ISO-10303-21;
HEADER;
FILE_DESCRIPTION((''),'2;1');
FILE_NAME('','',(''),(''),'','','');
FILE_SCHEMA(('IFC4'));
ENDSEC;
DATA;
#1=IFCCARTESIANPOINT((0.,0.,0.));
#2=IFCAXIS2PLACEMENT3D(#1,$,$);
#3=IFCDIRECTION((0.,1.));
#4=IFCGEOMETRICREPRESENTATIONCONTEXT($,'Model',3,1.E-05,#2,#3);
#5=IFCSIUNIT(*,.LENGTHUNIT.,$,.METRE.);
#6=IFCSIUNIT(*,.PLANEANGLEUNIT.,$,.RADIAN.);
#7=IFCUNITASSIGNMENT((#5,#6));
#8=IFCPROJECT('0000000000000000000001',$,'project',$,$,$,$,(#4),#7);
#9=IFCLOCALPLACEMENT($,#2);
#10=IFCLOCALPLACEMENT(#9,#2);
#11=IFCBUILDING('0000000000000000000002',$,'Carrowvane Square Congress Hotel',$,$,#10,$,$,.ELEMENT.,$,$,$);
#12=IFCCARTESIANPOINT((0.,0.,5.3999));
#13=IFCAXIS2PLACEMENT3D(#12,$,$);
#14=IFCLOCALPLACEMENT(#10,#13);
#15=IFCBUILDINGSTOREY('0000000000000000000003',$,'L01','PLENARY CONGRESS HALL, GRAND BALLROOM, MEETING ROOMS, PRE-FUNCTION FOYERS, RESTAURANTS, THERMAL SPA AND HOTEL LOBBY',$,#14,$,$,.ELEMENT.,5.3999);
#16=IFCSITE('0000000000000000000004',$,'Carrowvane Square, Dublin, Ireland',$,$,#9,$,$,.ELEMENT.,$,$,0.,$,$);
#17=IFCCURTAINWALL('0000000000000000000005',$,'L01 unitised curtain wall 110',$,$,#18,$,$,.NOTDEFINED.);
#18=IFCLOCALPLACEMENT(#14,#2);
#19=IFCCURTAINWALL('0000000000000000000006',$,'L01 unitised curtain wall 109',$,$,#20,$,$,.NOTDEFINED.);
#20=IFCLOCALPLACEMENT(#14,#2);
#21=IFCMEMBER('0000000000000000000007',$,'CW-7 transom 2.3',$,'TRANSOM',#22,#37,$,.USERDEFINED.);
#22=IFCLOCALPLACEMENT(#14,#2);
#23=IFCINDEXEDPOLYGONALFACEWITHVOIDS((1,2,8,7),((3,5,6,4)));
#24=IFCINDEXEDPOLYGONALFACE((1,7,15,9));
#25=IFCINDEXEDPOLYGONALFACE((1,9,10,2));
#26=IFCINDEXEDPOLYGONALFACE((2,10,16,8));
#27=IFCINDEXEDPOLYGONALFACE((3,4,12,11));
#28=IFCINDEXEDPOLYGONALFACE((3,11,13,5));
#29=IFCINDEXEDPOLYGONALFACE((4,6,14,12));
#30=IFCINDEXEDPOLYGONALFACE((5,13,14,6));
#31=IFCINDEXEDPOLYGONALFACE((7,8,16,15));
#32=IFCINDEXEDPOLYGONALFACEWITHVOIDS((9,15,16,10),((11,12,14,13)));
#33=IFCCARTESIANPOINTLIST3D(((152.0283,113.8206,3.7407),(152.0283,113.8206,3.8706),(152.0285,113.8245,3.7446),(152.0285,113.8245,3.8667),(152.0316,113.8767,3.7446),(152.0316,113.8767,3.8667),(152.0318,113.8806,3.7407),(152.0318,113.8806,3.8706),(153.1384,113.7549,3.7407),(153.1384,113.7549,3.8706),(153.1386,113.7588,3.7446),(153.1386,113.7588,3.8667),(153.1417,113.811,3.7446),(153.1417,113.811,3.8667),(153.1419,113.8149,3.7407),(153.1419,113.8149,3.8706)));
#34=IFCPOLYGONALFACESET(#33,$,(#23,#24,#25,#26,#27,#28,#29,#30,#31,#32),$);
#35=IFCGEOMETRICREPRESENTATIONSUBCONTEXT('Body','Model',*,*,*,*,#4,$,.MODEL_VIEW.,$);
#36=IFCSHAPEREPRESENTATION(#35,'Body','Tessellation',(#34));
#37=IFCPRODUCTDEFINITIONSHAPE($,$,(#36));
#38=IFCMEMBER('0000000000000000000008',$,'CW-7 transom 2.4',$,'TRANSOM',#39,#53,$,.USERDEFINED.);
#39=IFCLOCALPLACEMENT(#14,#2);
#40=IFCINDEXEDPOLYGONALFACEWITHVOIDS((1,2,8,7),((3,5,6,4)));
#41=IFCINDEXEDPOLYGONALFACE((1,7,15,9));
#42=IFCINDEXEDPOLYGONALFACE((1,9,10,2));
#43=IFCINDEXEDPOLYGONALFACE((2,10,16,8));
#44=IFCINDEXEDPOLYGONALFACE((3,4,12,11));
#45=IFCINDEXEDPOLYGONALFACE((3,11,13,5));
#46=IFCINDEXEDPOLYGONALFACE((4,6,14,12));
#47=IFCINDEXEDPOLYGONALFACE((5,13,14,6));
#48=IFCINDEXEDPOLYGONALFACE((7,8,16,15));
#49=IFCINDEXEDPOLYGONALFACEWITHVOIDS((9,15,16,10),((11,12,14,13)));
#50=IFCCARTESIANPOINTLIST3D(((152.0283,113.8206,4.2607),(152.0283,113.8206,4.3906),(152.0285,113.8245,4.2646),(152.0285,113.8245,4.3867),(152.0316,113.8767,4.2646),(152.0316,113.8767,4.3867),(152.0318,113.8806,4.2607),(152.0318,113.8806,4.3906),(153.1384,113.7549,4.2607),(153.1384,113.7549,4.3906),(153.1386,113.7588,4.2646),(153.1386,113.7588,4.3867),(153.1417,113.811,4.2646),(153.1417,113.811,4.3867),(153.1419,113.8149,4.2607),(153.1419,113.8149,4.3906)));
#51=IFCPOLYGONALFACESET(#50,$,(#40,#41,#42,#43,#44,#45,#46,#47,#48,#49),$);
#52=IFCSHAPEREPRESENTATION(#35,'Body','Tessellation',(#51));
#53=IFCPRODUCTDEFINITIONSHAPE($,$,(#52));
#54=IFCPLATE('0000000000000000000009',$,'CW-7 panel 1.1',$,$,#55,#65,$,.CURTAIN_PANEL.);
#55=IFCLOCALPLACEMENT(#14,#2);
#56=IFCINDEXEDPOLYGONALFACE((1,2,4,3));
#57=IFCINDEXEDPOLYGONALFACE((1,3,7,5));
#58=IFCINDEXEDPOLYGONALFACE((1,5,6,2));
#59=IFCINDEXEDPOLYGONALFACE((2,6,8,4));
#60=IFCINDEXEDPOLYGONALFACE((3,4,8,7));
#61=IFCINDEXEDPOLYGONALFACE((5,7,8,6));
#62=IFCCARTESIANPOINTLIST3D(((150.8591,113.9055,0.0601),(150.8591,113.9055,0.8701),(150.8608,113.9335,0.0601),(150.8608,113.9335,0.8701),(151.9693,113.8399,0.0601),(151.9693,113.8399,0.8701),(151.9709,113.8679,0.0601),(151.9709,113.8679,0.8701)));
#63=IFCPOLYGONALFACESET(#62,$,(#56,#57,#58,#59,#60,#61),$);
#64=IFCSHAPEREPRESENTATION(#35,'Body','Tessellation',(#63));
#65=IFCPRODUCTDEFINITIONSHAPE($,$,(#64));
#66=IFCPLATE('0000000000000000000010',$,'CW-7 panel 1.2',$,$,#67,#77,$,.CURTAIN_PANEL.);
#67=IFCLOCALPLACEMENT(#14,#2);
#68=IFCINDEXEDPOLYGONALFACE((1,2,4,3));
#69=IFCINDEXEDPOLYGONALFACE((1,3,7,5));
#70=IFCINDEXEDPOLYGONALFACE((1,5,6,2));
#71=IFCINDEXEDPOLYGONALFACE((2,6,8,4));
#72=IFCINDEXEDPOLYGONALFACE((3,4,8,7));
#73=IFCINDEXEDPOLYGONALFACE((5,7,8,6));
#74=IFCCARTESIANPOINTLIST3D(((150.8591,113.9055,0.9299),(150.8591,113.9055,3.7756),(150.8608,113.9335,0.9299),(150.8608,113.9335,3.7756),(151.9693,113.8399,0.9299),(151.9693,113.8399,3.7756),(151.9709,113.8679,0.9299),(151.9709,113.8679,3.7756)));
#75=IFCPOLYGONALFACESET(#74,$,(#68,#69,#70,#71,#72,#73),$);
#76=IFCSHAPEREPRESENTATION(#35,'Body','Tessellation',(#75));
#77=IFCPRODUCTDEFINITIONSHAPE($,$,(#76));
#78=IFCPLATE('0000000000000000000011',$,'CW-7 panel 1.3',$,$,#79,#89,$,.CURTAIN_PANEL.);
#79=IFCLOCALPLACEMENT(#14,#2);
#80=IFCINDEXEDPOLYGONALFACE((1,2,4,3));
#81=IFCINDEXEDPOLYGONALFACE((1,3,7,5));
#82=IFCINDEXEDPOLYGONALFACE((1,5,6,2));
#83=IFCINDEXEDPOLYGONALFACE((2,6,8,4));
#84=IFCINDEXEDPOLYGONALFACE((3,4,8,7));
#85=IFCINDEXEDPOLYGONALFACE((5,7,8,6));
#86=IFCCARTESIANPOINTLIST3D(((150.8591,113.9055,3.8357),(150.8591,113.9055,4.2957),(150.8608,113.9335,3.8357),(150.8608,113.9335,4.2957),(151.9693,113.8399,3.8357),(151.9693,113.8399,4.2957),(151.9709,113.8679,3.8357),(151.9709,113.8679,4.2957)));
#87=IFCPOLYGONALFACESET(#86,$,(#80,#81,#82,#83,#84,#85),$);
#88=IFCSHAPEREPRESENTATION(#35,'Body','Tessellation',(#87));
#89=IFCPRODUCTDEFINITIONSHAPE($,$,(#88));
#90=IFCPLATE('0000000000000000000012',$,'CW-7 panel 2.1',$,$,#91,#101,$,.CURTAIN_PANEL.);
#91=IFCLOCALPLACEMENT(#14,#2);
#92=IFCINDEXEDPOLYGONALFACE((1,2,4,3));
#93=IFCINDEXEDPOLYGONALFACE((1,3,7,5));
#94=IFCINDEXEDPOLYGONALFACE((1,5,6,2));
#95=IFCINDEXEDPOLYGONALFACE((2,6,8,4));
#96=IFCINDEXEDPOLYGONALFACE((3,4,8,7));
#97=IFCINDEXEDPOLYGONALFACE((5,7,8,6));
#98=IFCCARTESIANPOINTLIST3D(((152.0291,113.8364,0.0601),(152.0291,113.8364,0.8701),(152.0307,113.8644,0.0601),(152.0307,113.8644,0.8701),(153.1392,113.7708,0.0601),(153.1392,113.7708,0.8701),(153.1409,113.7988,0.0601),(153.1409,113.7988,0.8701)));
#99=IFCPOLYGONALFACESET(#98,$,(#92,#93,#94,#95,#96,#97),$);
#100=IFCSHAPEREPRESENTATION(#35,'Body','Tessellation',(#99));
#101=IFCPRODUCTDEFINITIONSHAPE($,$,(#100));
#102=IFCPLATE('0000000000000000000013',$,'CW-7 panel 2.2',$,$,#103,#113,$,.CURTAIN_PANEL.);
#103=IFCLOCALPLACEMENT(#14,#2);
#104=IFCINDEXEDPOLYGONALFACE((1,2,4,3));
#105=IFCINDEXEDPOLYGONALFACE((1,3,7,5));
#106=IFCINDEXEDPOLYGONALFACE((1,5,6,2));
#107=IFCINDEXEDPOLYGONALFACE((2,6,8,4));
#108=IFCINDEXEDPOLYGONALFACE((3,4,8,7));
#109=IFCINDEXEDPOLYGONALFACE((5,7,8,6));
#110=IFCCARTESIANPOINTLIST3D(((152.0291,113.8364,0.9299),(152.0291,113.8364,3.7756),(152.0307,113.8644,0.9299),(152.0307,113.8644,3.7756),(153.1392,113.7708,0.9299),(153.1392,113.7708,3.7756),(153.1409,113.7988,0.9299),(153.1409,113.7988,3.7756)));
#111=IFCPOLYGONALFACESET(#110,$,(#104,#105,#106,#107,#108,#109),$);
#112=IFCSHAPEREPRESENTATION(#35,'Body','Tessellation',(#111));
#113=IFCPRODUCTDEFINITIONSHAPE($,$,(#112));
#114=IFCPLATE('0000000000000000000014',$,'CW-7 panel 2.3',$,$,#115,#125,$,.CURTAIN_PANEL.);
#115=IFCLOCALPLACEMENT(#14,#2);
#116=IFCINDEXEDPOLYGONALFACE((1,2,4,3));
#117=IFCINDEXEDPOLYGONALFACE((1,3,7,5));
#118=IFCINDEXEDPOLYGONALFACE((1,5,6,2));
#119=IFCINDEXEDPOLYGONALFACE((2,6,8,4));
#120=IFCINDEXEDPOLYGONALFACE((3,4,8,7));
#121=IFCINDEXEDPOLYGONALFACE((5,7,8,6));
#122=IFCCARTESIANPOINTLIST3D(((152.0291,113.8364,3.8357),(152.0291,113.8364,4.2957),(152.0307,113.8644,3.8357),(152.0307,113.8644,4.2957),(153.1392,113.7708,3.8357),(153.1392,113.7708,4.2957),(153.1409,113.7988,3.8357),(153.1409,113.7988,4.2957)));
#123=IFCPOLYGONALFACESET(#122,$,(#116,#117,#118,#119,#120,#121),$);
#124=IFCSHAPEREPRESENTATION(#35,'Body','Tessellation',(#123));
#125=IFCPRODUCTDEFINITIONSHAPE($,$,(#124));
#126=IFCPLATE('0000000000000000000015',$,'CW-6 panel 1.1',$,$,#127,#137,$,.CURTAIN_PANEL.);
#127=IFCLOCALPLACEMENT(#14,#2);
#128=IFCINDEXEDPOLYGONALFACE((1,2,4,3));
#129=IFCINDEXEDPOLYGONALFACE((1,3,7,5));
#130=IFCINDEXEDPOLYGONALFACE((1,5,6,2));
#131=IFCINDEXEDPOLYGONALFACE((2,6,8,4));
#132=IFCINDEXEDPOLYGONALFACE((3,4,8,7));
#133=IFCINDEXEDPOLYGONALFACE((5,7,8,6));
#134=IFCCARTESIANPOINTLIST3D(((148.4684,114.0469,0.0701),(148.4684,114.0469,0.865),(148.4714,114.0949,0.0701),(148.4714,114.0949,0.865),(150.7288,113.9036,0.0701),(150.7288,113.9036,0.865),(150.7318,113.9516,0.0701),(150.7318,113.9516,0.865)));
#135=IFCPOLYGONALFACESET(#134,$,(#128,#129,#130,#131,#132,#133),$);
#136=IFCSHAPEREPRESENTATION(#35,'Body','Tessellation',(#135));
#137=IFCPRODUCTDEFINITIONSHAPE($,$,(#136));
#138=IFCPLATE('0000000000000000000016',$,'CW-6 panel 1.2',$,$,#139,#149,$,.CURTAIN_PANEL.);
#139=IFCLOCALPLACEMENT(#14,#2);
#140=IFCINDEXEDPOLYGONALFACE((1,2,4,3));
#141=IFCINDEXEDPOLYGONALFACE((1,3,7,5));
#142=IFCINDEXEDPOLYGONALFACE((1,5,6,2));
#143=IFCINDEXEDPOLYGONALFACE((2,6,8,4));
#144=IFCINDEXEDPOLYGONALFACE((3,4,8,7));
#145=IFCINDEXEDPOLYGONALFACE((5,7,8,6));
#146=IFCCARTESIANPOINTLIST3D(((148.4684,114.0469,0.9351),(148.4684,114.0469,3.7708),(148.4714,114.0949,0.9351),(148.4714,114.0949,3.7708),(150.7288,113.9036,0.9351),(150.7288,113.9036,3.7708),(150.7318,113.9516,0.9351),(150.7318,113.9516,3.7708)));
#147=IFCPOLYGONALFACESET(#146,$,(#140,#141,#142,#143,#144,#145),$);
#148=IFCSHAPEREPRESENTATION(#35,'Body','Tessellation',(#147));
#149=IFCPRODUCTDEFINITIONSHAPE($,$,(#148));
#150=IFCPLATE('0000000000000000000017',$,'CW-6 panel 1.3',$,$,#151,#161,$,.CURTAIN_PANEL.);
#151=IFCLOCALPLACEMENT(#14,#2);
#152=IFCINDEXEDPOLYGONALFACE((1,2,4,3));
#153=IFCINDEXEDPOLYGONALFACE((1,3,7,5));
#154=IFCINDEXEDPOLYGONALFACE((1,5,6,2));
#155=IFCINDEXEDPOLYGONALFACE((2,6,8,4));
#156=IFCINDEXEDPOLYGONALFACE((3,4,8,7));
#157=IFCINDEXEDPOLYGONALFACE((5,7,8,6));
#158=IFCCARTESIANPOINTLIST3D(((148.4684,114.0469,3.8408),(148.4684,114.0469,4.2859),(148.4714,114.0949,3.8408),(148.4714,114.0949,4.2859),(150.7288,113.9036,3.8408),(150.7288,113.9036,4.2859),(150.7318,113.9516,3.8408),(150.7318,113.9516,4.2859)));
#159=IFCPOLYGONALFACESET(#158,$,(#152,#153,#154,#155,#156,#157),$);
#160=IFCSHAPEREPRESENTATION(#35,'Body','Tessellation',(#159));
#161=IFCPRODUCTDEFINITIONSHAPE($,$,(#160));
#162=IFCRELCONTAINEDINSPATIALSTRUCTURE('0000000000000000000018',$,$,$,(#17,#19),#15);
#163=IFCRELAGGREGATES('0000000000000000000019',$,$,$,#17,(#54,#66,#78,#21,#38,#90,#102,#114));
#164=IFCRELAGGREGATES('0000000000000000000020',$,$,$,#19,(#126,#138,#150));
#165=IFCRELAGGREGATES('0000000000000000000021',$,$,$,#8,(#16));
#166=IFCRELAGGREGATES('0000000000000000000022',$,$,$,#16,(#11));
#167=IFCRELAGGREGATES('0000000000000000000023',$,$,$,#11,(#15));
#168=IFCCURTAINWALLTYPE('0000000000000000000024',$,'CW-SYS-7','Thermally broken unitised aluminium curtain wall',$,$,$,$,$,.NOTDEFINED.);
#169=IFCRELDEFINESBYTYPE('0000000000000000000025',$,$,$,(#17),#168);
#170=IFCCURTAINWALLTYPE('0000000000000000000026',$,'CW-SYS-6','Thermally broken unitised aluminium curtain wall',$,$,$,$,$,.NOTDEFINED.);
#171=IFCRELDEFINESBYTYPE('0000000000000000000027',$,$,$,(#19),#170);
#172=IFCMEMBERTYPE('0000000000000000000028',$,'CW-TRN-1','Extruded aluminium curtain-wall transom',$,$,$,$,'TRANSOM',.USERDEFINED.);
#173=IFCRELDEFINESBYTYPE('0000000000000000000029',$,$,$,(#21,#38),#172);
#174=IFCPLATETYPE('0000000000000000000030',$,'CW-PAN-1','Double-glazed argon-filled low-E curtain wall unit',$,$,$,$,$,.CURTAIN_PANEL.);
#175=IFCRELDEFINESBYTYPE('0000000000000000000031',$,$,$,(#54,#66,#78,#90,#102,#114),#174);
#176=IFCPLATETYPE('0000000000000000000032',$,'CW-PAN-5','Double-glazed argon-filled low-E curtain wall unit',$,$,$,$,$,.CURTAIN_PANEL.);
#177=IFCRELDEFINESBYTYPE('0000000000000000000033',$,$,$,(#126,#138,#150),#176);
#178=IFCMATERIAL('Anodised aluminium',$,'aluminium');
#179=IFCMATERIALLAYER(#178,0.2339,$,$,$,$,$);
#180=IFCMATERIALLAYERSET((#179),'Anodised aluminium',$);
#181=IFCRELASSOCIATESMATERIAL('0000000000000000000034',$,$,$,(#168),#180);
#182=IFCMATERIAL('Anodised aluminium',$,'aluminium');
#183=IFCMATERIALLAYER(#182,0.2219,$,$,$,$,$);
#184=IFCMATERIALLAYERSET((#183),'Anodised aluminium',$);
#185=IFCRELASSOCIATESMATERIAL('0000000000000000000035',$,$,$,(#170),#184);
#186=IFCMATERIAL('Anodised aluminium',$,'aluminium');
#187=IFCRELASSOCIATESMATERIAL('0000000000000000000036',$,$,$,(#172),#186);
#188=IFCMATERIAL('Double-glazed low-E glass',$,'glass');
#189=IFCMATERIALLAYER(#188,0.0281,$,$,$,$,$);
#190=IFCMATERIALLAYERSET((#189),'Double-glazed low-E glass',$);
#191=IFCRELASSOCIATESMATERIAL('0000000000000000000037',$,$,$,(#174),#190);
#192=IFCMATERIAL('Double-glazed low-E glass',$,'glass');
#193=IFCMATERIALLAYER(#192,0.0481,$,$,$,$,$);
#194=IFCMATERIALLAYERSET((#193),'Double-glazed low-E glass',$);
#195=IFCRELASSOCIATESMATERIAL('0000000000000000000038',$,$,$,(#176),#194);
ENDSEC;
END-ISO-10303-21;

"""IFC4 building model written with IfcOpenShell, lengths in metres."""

from ifc_helpers import new_model, si_unit, direction, frame, origin, origin_2d, place, context, subcontext, project, spatial, rectangle, hollow_rectangle, extrude, material, layer, layer_set, material_profile, profile_set, type_object, element, aggregate, save


model = new_model("IFC4")

# Units and contexts
model_context = context("Model", 3, precision=1e-05, world=origin(), true_north=direction((0.0, 1.0)))
body_context = subcontext(model_context, "Body", "Model", "MODEL_VIEW")
ifc_project = project(units=[si_unit("LENGTHUNIT", "METRE"), si_unit("PLANEANGLEUNIT", "RADIAN")], contexts=[model_context])

# Site, building, storey
site_placement = place(None, origin())
site = spatial("IfcSite", under=ifc_project, at=site_placement, Name="Carrowvane Square, Dublin, Ireland", CompositionType="ELEMENT", RefElevation=0.0)
building_placement = place(site_placement, origin())
building = spatial("IfcBuilding", under=site, at=building_placement, Name="Carrowvane Square Congress Hotel", CompositionType="ELEMENT")
storey_placement = place(building_placement, frame((0.0, 0.0, 5.3999)))
storey = spatial("IfcBuildingStorey", under=building, at=storey_placement, Name="L01", Description="PLENARY CONGRESS HALL, GRAND BALLROOM, MEETING ROOMS, PRE-FUNCTION FOYERS, RESTAURANTS, THERMAL SPA AND HOTEL LOBBY", CompositionType="ELEMENT", Elevation=5.3999)

# Curtain wall
ifc_material_1 = material(Name="Anodised aluminium", Category="aluminium")
ifc_layer_1 = layer(ifc_material_1, 0.2339)
ifc_layer_set_1 = layer_set([ifc_layer_1], Name="Anodised aluminium")
curtain_wall_type_1 = type_object("IfcCurtainWallType", Name="CW-SYS-7", Description="Thermally broken unitised aluminium curtain wall", PredefinedType="NOTDEFINED", material=ifc_layer_set_1)
curtain_wall_1_placement = place(storey_placement, origin())
curtain_wall_1 = element("IfcCurtainWall", 1, at=curtain_wall_1_placement, inside=storey, type_object=curtain_wall_type_1, Name="L01 unitised curtain wall 110", PredefinedType="NOTDEFINED")

# Curtain wall
ifc_material_2 = material(Name="Anodised aluminium", Category="aluminium")
ifc_layer_2 = layer(ifc_material_2, 0.2219)
ifc_layer_set_2 = layer_set([ifc_layer_2], Name="Anodised aluminium")
curtain_wall_type_2 = type_object("IfcCurtainWallType", Name="CW-SYS-6", Description="Thermally broken unitised aluminium curtain wall", PredefinedType="NOTDEFINED", material=ifc_layer_set_2)
curtain_wall_2_placement = place(storey_placement, origin())
curtain_wall_2 = element("IfcCurtainWall", 2, at=curtain_wall_2_placement, inside=storey, type_object=curtain_wall_type_2, Name="L01 unitised curtain wall 109", PredefinedType="NOTDEFINED")

# Members
ifc_material_3 = material(Name="Anodised aluminium", Category="aluminium")
ifc_material_profile_1 = material_profile(ifc_material_3, hollow_rectangle(XDim=0.0601, YDim=0.1299, WallThickness=0.0039, at=origin_2d()), Name="CW-TR 60x130x4")
ifc_profile_set_1 = profile_set([ifc_material_profile_1], Name="Anodised aluminium")
member_type_1 = type_object("IfcMemberType", Name="CW-TRN-1", Description="Extruded aluminium curtain-wall transom", ElementType="TRANSOM", PredefinedType="USERDEFINED", material=ifc_profile_set_1)
member_1_placement = place(storey_placement, frame((152.03, 113.8506, 3.8057), z_axis=(0.998255, -0.059057, 0.0), x_axis=(0.059057, 0.998255, 0.0)))
member_1 = element("IfcMember", 3, at=member_1_placement, type_object=member_type_1, Name="CW-7 transom 2.3", ObjectType="TRANSOM", PredefinedType="USERDEFINED", context=body_context, shape_type="SweptSolid", body=[
    extrude(hollow_rectangle(XDim=0.0601, YDim=0.1299, WallThickness=0.0039, at=origin_2d()), origin(), (0.0, 0.0, 1.0), 1.1121),
])
member_2_placement = place(storey_placement, frame((152.03, 113.8506, 4.3257), z_axis=(0.998255, -0.059057, 0.0), x_axis=(0.059057, 0.998255, 0.0)))
member_2 = element("IfcMember", 4, at=member_2_placement, type_object=member_type_1, Name="CW-7 transom 2.4", ObjectType="TRANSOM", PredefinedType="USERDEFINED", context=body_context, shape_type="SweptSolid", body=[
    extrude(hollow_rectangle(XDim=0.0601, YDim=0.1299, WallThickness=0.0039, at=origin_2d()), origin(), (0.0, 0.0, 1.0), 1.1121),
])

# Plates
ifc_material_4 = material(Name="Double-glazed low-E glass", Category="glass")
ifc_layer_3 = layer(ifc_material_4, 0.0281)
ifc_layer_set_3 = layer_set([ifc_layer_3], Name="Double-glazed low-E glass")
plate_type_1 = type_object("IfcPlateType", Name="CW-PAN-1", Description="Double-glazed argon-filled low-E curtain wall unit", PredefinedType="CURTAIN_PANEL", material=ifc_layer_set_3)
plate_1_placement = place(storey_placement, frame((151.415, 113.8867, 0.0601), z_axis=(0.0, 0.0, 1.0), x_axis=(0.998259, -0.058989, 0.0)))
plate_1 = element("IfcPlate", 5, at=plate_1_placement, type_object=plate_type_1, Name="CW-7 panel 1.1", PredefinedType="CURTAIN_PANEL", context=body_context, shape_type="SweptSolid", body=[
    extrude(rectangle(XDim=1.1121, YDim=0.0281, at=origin_2d()), origin(), (0.0, 0.0, 1.0), 0.8101),
])
plate_2_placement = place(storey_placement, frame((151.415, 113.8867, 0.9299), z_axis=(0.0, 0.0, 1.0), x_axis=(0.998259, -0.058989, 0.0)))
plate_2 = element("IfcPlate", 6, at=plate_2_placement, type_object=plate_type_1, Name="CW-7 panel 1.2", PredefinedType="CURTAIN_PANEL", context=body_context, shape_type="SweptSolid", body=[
    extrude(rectangle(XDim=1.1121, YDim=0.0281, at=origin_2d()), origin(), (0.0, 0.0, 1.0), 2.8457),
])
plate_3_placement = place(storey_placement, frame((151.415, 113.8867, 3.8357), z_axis=(0.0, 0.0, 1.0), x_axis=(0.998259, -0.058989, 0.0)))
plate_3 = element("IfcPlate", 7, at=plate_3_placement, type_object=plate_type_1, Name="CW-7 panel 1.3", PredefinedType="CURTAIN_PANEL", context=body_context, shape_type="SweptSolid", body=[
    extrude(rectangle(XDim=1.1121, YDim=0.0281, at=origin_2d()), origin(), (0.0, 0.0, 1.0), 0.46),
])
plate_4_placement = place(storey_placement, frame((152.585, 113.8176, 0.0601), z_axis=(0.0, 0.0, 1.0), x_axis=(0.998259, -0.058989, 0.0)))
plate_4 = element("IfcPlate", 8, at=plate_4_placement, type_object=plate_type_1, Name="CW-7 panel 2.1", PredefinedType="CURTAIN_PANEL", context=body_context, shape_type="SweptSolid", body=[
    extrude(rectangle(XDim=1.1121, YDim=0.0281, at=origin_2d()), origin(), (0.0, 0.0, 1.0), 0.8101),
])
plate_5_placement = place(storey_placement, frame((152.585, 113.8176, 0.9299), z_axis=(0.0, 0.0, 1.0), x_axis=(0.998259, -0.058989, 0.0)))
plate_5 = element("IfcPlate", 9, at=plate_5_placement, type_object=plate_type_1, Name="CW-7 panel 2.2", PredefinedType="CURTAIN_PANEL", context=body_context, shape_type="SweptSolid", body=[
    extrude(rectangle(XDim=1.1121, YDim=0.0281, at=origin_2d()), origin(), (0.0, 0.0, 1.0), 2.8457),
])
plate_6_placement = place(storey_placement, frame((152.585, 113.8176, 3.8357), z_axis=(0.0, 0.0, 1.0), x_axis=(0.998259, -0.058989, 0.0)))
plate_6 = element("IfcPlate", 10, at=plate_6_placement, type_object=plate_type_1, Name="CW-7 panel 2.3", PredefinedType="CURTAIN_PANEL", context=body_context, shape_type="SweptSolid", body=[
    extrude(rectangle(XDim=1.1121, YDim=0.0281, at=origin_2d()), origin(), (0.0, 0.0, 1.0), 0.46),
])
aggregate(curtain_wall_1, [plate_1, plate_2, plate_3, member_1, member_2, plate_4, plate_5, plate_6])
ifc_material_5 = material(Name="Double-glazed low-E glass", Category="glass")
ifc_layer_4 = layer(ifc_material_5, 0.0481)
ifc_layer_set_4 = layer_set([ifc_layer_4], Name="Double-glazed low-E glass")
plate_type_2 = type_object("IfcPlateType", Name="CW-PAN-5", Description="Double-glazed argon-filled low-E curtain wall unit", PredefinedType="CURTAIN_PANEL", material=ifc_layer_set_4)
plate_7_placement = place(storey_placement, frame((149.6001, 113.9993, 0.0701), z_axis=(0.0, 0.0, 1.0), x_axis=(0.997996, -0.063273, 0.0)))
plate_7 = element("IfcPlate", 11, at=plate_7_placement, type_object=plate_type_2, Name="CW-6 panel 1.1", PredefinedType="CURTAIN_PANEL", context=body_context, shape_type="SweptSolid", body=[
    extrude(rectangle(XDim=2.2649, YDim=0.0481, at=origin_2d()), origin(), (0.0, 0.0, 1.0), 0.7949),
])
plate_8_placement = place(storey_placement, frame((149.6001, 113.9993, 0.9351), z_axis=(0.0, 0.0, 1.0), x_axis=(0.997996, -0.063273, 0.0)))
plate_8 = element("IfcPlate", 12, at=plate_8_placement, type_object=plate_type_2, Name="CW-6 panel 1.2", PredefinedType="CURTAIN_PANEL", context=body_context, shape_type="SweptSolid", body=[
    extrude(rectangle(XDim=2.2649, YDim=0.0481, at=origin_2d()), origin(), (0.0, 0.0, 1.0), 2.8357),
])
plate_9_placement = place(storey_placement, frame((149.6001, 113.9993, 3.8408), z_axis=(0.0, 0.0, 1.0), x_axis=(0.997996, -0.063273, 0.0)))
plate_9 = element("IfcPlate", 13, at=plate_9_placement, type_object=plate_type_2, Name="CW-6 panel 1.3", PredefinedType="CURTAIN_PANEL", context=body_context, shape_type="SweptSolid", body=[
    extrude(rectangle(XDim=2.2649, YDim=0.0481, at=origin_2d()), origin(), (0.0, 0.0, 1.0), 0.4451),
])
aggregate(curtain_wall_2, [plate_7, plate_8, plate_9])

save(model, "model.ifc")
